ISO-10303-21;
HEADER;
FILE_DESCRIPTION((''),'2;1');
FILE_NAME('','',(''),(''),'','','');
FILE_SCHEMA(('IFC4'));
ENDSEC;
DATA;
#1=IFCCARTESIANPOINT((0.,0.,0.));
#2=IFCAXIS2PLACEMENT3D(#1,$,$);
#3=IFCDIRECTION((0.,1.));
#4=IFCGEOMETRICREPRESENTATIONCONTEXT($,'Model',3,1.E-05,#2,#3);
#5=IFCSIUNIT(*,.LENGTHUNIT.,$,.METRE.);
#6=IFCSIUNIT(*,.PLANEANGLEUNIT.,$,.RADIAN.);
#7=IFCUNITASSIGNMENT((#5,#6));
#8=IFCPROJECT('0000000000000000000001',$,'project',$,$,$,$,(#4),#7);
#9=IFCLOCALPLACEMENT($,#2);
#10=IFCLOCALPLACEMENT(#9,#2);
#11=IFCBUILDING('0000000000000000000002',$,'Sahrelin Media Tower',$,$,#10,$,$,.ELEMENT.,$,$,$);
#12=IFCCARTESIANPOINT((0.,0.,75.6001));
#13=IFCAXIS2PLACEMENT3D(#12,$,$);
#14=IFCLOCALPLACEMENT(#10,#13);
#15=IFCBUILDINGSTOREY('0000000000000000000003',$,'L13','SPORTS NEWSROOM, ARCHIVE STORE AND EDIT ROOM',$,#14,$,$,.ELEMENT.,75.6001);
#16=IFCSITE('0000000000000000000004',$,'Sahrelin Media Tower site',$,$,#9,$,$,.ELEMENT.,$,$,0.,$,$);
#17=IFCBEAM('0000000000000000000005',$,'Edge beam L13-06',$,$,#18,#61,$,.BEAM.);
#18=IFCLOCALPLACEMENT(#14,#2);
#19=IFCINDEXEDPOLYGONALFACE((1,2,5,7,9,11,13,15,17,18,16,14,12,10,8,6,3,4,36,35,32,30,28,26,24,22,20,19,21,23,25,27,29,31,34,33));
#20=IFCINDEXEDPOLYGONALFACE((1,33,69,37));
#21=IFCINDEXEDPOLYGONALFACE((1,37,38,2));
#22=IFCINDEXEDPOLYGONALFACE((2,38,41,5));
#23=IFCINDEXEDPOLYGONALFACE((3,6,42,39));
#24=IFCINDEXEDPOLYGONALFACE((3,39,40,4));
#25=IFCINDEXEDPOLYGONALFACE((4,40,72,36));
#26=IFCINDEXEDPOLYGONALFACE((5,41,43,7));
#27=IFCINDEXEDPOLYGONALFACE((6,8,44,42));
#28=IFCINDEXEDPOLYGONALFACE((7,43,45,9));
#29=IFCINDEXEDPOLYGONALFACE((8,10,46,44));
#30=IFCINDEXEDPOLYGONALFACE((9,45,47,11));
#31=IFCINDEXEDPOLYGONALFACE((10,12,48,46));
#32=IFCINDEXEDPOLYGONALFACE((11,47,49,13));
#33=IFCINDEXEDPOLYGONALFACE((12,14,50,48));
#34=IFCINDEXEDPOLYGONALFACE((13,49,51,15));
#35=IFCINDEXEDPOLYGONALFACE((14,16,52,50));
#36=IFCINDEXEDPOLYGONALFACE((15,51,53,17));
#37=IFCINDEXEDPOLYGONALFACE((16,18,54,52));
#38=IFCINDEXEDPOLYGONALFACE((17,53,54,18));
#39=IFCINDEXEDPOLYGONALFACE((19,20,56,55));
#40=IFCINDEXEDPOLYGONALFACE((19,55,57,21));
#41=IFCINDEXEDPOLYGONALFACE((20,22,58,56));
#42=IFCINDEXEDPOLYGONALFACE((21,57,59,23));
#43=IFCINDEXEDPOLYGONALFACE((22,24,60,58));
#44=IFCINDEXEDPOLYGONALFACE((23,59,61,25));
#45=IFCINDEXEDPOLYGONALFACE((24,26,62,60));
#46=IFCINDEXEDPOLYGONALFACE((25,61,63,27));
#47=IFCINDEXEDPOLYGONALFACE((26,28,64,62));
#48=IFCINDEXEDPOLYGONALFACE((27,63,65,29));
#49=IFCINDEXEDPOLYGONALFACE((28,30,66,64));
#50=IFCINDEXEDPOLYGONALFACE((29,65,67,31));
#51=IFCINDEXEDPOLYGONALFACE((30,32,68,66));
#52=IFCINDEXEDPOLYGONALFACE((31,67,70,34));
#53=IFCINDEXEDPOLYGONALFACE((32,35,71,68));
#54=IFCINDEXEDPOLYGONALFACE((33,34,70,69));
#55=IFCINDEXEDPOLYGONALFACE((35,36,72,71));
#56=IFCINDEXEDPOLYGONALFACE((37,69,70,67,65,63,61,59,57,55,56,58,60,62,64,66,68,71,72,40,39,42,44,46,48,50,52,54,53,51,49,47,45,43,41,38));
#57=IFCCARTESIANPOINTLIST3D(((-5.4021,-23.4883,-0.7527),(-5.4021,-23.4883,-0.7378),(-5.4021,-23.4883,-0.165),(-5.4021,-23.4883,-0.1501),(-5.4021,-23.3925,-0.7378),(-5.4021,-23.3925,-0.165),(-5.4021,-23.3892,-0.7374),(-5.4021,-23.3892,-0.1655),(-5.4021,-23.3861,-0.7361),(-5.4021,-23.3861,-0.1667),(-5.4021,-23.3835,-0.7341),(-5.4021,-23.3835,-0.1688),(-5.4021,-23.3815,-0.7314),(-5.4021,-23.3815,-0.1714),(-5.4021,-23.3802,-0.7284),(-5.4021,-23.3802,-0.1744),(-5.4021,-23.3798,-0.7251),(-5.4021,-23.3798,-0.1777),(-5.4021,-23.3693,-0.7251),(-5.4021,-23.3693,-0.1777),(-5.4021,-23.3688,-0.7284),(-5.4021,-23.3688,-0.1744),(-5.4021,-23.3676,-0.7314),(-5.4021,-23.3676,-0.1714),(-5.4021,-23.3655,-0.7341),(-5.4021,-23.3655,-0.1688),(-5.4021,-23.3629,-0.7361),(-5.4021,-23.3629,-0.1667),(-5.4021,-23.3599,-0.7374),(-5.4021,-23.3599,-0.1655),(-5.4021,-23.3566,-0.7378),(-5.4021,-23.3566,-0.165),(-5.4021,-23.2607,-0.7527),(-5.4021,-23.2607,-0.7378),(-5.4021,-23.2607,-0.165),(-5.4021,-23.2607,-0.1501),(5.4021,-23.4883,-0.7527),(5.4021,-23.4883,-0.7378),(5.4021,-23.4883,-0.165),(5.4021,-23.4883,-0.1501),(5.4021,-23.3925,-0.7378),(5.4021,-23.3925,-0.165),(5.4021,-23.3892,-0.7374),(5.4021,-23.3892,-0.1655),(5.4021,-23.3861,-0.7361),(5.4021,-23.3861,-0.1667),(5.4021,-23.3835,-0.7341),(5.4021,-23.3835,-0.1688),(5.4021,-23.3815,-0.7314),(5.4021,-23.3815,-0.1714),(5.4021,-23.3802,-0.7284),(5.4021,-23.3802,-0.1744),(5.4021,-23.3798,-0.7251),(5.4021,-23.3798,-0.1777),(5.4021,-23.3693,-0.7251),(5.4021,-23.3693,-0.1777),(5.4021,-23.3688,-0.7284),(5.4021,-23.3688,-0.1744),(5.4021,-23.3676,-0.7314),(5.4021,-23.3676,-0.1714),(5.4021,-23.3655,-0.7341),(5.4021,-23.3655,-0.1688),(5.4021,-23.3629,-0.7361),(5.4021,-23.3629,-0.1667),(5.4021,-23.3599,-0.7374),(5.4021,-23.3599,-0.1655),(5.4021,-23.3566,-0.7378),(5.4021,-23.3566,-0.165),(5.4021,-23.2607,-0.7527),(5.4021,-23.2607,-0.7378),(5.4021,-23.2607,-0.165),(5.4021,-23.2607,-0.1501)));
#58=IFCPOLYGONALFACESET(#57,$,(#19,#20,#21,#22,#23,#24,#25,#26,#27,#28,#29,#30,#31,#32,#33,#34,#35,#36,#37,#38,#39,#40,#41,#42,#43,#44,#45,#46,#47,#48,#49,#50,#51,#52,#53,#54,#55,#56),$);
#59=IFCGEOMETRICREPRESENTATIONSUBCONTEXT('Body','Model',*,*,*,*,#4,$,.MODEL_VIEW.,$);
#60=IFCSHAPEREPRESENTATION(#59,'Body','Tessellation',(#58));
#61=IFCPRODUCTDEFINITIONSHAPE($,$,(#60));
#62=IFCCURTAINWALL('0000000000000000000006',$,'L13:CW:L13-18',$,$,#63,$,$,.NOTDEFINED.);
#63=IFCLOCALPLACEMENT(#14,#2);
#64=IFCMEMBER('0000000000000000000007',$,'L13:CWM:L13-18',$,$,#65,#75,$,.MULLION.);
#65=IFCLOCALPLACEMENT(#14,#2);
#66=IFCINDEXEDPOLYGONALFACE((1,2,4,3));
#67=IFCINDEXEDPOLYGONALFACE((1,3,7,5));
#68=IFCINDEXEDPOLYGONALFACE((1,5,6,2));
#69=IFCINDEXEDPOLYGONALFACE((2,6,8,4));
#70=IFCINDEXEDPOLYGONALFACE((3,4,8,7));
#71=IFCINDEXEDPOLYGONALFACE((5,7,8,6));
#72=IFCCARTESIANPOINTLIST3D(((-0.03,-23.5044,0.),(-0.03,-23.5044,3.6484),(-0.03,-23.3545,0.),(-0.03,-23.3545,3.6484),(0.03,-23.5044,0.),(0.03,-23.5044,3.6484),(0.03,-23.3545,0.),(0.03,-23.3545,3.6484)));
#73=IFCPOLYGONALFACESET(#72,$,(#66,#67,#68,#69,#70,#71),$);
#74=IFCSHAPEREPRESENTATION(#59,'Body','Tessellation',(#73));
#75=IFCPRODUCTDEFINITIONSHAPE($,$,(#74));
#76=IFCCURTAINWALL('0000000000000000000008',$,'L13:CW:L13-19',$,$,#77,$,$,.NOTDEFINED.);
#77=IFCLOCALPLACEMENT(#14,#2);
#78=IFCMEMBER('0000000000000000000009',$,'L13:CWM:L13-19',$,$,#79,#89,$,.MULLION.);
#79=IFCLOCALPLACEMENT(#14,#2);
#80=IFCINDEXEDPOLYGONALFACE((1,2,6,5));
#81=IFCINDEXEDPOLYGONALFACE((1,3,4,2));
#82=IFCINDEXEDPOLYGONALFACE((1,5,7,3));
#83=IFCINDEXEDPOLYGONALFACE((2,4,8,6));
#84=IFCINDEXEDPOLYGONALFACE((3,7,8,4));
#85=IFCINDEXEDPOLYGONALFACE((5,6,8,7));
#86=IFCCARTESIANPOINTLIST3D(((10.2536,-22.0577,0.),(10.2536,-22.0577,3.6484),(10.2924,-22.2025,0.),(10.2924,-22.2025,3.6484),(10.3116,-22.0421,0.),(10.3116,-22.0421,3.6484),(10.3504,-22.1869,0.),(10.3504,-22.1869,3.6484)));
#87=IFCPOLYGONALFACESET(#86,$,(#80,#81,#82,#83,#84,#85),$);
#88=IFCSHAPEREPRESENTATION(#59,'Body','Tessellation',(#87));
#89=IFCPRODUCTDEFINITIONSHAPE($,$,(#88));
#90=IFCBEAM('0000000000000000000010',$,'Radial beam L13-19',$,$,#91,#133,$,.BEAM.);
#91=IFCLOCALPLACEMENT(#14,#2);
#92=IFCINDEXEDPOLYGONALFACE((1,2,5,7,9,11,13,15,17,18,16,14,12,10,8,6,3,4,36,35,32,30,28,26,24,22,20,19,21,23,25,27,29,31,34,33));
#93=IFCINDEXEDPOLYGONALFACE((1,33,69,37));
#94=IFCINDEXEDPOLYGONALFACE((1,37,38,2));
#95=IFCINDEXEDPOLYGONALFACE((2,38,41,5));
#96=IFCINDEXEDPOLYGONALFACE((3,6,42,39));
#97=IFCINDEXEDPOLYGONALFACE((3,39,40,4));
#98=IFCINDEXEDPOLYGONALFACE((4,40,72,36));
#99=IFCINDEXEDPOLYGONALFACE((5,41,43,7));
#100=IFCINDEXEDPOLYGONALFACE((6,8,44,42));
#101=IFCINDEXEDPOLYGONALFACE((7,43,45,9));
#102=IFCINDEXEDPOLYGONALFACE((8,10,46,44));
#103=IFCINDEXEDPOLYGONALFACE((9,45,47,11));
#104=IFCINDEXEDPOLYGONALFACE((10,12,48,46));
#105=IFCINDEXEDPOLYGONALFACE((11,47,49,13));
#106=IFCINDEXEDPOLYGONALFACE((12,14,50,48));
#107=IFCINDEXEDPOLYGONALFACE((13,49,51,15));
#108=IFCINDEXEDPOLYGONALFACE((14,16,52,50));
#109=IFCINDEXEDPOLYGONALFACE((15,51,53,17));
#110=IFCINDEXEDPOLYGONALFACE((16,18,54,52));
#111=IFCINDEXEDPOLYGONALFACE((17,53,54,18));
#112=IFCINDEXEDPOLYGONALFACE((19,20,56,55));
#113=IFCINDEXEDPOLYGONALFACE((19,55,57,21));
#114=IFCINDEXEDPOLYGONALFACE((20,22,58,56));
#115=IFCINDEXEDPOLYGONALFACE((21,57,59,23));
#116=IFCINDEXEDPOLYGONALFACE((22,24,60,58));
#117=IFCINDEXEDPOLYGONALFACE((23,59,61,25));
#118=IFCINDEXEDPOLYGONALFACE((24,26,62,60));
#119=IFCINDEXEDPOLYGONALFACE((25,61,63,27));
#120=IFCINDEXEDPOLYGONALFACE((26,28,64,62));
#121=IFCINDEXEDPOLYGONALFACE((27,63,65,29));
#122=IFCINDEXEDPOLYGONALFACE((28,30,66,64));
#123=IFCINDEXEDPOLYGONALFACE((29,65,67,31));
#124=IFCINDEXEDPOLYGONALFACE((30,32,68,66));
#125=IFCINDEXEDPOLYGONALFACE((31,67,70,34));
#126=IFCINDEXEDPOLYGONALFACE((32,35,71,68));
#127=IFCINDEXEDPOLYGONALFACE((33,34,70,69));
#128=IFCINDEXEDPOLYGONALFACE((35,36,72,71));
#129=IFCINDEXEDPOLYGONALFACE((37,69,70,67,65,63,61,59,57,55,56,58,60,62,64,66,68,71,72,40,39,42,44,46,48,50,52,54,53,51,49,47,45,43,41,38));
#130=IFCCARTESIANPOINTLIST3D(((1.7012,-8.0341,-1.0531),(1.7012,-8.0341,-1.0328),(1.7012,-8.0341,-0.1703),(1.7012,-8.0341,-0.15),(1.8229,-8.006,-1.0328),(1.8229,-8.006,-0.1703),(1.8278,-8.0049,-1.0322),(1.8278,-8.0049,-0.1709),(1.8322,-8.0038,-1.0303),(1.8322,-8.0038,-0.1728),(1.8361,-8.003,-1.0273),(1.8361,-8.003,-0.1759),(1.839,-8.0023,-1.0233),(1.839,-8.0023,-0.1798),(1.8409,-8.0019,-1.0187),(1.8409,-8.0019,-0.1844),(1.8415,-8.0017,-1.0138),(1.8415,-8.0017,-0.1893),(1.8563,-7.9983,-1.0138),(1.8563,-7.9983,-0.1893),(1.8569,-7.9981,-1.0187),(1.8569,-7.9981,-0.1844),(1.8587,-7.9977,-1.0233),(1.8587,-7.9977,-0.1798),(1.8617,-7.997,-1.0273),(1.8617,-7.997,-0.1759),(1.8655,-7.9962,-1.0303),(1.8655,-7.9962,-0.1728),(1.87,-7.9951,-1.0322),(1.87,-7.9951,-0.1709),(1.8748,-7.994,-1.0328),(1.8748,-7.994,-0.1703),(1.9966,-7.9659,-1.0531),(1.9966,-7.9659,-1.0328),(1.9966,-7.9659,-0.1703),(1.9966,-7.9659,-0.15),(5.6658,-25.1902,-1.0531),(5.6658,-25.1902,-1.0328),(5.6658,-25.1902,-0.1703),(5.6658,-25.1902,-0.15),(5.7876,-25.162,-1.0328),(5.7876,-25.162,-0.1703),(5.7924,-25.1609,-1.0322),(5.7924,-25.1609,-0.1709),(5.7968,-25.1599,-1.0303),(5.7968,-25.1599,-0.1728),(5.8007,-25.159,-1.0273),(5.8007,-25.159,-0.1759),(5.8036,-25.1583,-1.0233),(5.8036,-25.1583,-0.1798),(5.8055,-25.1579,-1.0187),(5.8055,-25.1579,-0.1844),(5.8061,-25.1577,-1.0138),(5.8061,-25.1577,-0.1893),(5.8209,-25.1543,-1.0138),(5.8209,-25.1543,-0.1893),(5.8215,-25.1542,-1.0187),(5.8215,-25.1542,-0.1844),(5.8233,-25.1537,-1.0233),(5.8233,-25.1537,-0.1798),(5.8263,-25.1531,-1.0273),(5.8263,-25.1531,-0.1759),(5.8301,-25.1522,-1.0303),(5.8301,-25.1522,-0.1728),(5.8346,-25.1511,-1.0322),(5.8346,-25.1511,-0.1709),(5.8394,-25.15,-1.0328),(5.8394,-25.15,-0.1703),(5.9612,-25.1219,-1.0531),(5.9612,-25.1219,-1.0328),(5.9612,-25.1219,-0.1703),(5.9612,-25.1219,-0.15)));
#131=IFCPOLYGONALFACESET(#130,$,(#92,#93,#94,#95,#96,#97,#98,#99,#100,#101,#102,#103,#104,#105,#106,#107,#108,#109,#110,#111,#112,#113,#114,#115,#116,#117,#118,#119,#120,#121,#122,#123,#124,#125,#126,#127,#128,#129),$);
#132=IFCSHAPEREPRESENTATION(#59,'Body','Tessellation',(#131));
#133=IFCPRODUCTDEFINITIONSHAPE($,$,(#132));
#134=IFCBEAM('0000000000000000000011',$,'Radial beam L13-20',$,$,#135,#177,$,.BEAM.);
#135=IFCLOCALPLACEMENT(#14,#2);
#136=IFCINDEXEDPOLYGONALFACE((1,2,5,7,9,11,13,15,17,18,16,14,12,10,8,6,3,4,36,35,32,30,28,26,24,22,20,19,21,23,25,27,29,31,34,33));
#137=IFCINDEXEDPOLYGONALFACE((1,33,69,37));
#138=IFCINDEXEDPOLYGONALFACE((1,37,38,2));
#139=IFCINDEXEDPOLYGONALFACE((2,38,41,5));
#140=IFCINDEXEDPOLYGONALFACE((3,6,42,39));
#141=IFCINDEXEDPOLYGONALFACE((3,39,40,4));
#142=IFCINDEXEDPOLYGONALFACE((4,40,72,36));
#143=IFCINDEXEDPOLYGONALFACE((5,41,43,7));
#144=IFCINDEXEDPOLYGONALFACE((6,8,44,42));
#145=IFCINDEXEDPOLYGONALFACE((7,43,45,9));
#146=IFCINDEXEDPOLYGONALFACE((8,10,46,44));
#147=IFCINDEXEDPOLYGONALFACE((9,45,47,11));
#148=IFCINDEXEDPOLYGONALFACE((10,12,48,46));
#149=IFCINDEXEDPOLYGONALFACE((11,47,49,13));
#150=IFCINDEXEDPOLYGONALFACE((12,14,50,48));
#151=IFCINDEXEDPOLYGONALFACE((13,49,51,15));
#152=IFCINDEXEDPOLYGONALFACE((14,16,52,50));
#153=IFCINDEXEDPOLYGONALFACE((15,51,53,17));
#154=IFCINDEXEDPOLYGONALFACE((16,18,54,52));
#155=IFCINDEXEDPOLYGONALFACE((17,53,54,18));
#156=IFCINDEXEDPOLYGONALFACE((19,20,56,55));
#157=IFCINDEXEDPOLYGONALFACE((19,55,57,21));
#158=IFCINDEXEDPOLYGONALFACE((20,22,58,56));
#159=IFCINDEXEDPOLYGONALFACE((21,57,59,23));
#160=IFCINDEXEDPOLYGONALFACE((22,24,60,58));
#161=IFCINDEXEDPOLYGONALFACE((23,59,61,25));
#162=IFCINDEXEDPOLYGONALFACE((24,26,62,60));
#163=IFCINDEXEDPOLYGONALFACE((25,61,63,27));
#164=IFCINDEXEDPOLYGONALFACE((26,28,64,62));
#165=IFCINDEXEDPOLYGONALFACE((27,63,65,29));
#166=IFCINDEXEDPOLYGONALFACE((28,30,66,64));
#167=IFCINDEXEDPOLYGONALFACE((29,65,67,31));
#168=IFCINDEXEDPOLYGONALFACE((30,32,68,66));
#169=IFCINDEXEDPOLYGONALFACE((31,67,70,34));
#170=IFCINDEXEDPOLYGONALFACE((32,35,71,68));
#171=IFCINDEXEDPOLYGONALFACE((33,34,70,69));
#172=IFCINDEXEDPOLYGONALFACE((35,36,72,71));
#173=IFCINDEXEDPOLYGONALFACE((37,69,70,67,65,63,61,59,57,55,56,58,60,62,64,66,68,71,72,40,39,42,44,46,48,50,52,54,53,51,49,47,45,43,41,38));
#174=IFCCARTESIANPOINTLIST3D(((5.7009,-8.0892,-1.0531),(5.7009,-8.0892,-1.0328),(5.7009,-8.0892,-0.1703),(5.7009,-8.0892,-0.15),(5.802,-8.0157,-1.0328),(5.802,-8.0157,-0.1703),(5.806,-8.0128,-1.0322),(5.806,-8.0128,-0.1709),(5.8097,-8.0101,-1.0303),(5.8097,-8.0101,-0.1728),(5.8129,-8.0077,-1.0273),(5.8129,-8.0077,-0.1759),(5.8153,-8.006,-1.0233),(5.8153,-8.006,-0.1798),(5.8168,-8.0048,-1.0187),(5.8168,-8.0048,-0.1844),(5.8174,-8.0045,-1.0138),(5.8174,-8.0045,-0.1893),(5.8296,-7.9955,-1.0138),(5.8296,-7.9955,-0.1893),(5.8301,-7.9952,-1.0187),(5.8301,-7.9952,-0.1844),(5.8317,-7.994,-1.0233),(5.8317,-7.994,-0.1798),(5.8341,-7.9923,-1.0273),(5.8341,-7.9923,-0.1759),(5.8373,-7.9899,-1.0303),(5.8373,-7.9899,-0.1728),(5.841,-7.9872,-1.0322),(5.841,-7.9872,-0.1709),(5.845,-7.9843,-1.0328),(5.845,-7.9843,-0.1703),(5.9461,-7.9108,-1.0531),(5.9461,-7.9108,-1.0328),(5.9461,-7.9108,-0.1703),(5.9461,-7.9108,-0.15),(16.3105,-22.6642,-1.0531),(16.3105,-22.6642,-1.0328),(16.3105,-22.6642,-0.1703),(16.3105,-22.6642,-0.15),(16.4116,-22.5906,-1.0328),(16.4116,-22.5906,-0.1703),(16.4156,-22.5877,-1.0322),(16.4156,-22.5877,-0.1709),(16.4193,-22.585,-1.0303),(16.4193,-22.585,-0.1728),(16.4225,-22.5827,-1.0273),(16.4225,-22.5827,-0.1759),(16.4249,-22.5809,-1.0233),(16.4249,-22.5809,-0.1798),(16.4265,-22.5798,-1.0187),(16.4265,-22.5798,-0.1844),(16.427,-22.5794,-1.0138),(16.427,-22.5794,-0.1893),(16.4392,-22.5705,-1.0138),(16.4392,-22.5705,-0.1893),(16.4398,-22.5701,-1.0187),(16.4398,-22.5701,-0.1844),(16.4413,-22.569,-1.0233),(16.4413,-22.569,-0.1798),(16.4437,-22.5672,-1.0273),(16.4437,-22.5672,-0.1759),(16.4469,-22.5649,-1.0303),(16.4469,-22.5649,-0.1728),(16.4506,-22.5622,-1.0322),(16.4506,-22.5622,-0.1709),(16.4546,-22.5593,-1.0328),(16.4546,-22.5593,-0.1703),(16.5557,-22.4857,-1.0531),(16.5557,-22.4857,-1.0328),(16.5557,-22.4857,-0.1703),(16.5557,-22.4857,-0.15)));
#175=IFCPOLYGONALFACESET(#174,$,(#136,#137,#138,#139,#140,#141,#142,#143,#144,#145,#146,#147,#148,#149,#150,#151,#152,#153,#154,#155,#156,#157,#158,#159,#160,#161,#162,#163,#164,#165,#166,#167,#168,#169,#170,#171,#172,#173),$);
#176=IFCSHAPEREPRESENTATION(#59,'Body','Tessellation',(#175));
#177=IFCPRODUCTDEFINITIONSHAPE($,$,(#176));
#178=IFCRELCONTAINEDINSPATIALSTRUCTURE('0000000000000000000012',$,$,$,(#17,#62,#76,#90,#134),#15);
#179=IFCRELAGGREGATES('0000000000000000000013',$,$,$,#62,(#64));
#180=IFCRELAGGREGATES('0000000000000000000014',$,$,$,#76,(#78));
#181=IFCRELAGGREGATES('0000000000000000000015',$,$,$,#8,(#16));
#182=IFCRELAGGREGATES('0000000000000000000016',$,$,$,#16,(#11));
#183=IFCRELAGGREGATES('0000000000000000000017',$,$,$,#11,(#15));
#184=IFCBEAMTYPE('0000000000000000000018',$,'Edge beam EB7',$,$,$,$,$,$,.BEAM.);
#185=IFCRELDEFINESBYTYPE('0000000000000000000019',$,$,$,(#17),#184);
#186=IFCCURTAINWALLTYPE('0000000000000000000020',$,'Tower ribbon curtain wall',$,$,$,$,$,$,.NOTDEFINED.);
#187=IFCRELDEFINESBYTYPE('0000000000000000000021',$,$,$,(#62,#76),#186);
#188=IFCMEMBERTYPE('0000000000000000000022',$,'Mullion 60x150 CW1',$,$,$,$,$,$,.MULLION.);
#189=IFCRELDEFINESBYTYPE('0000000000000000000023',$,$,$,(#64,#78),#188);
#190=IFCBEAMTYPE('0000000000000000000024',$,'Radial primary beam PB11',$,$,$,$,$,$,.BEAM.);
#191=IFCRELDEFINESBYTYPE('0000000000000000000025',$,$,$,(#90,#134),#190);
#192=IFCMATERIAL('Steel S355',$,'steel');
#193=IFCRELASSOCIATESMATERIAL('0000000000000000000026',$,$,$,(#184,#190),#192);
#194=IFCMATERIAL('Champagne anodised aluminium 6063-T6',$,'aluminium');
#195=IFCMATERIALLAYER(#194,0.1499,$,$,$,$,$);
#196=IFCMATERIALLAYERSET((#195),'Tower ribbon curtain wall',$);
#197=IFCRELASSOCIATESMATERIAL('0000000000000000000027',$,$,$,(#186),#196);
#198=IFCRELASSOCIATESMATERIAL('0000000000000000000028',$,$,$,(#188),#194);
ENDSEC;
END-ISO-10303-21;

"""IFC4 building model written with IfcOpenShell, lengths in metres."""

from ifc_helpers import new_model, si_unit, direction, frame, origin, origin_2d, place, context, subcontext, project, spatial, rectangle, i_section, extrude, material, layer, layer_set, material_profile, profile_set, type_object, element, aggregate, save


model = new_model("IFC4")

# Units and contexts
model_context = context("Model", 3, precision=1e-05, world=origin(), true_north=direction((0.0, 1.0)))
body_context = subcontext(model_context, "Body", "Model", "MODEL_VIEW")
ifc_project = project(units=[si_unit("LENGTHUNIT", "METRE"), si_unit("PLANEANGLEUNIT", "RADIAN")], contexts=[model_context])

# Site, building, storey
site_placement = place(None, origin())
site = spatial("IfcSite", under=ifc_project, at=site_placement, Name="Sahrelin Media Tower site", CompositionType="ELEMENT", RefElevation=0.0)
building_placement = place(site_placement, origin())
building = spatial("IfcBuilding", under=site, at=building_placement, Name="Sahrelin Media Tower", CompositionType="ELEMENT")
storey_placement = place(building_placement, frame((0.0, 0.0, 75.6001)))
storey = spatial("IfcBuildingStorey", under=building, at=storey_placement, Name="L13", Description="SPORTS NEWSROOM, ARCHIVE STORE AND EDIT ROOM", CompositionType="ELEMENT", Elevation=75.6001)

# Beam
ifc_material_1 = material(Name="Steel S355", Category="steel")
ifc_material_profile_1 = material_profile(ifc_material_1, i_section(OverallWidth=0.2275, OverallDepth=0.6025, WebThickness=0.0105, FlangeThickness=0.0149, FilletRadius=0.0127, at=origin_2d()), Name="UB 610x229x101")
ifc_profile_set_1 = profile_set([ifc_material_profile_1], Name="Steel S355")
beam_type_1 = type_object("IfcBeamType", Name="Edge beam EB7", PredefinedType="BEAM", material=ifc_profile_set_1)
beam_1_placement = place(storey_placement, frame((5.4021, -23.3745, -0.4514), z_axis=(-1.0, 0.0, 0.0), x_axis=(0.0, -1.0, 0.0)))
element("IfcBeam", 1, at=beam_1_placement, inside=storey, type_object=beam_type_1, Name="Edge beam L13-06", PredefinedType="BEAM", context=body_context, shape_type="SweptSolid", body=[
    extrude(i_section(OverallWidth=0.2275, OverallDepth=0.6025, WebThickness=0.0105, FlangeThickness=0.0149, FilletRadius=0.0127, at=origin_2d()), origin(), (0.0, 0.0, 1.0), 10.8042),
])

# Curtain walls, members
ifc_material_2 = material(Name="Champagne anodised aluminium 6063-T6", Category="aluminium")
ifc_layer_1 = layer(ifc_material_2, 0.1499)
ifc_layer_set_1 = layer_set([ifc_layer_1], Name="Tower ribbon curtain wall")
curtain_wall_type = type_object("IfcCurtainWallType", Name="Tower ribbon curtain wall", PredefinedType="NOTDEFINED", material=ifc_layer_set_1)
curtain_wall_1_placement = place(storey_placement, frame((0.0, -23.5244, 0.0), z_axis=(0.0, 0.0, 1.0), x_axis=(1.0, 0.0, 0.0)))
curtain_wall_1 = element("IfcCurtainWall", 2, at=curtain_wall_1_placement, inside=storey, type_object=curtain_wall_type, Name="L13:CW:L13-18", PredefinedType="NOTDEFINED")
ifc_material_profile_2 = material_profile(ifc_material_2, rectangle(XDim=0.0601, YDim=0.1499, at=origin_2d()), Name="Mullion 60x150")
ifc_profile_set_2 = profile_set([ifc_material_profile_2], Name="Champagne anodised aluminium 6063-T6")
member_type_1 = type_object("IfcMemberType", Name="Mullion 60x150 CW1", PredefinedType="MULLION", material=ifc_profile_set_2)
member_1_placement = place(storey_placement, frame((0.0, -23.4294, 0.0), z_axis=(0.0, 0.0, 1.0), x_axis=(1.0, 0.0, 0.0)))
member_1 = element("IfcMember", 3, at=member_1_placement, type_object=member_type_1, Name="L13:CWM:L13-18", PredefinedType="MULLION", context=body_context, shape_type="SweptSolid", body=[
    extrude(rectangle(XDim=0.0601, YDim=0.1499, at=origin_2d()), origin(), (0.0, 0.0, 1.0), 3.6484),
])
aggregate(curtain_wall_1, [member_1])
curtain_wall_2_placement = place(storey_placement, frame((10.3267, -22.2141, 0.0), z_axis=(0.0, 0.0, 1.0), x_axis=(1.0, 0.0, 0.0)))
curtain_wall_2 = element("IfcCurtainWall", 4, at=curtain_wall_2_placement, inside=storey, type_object=curtain_wall_type, Name="L13:CW:L13-19", PredefinedType="NOTDEFINED")
member_2_placement = place(storey_placement, frame((10.302, -22.1223, 0.0), z_axis=(0.0, 0.0, 1.0), x_axis=(0.965925, 0.258822, 0.0)))
member_2 = element("IfcMember", 5, at=member_2_placement, type_object=member_type_1, Name="L13:CWM:L13-19", PredefinedType="MULLION", context=body_context, shape_type="SweptSolid", body=[
    extrude(rectangle(XDim=0.0601, YDim=0.1499, at=origin_2d()), origin(), (0.0, 0.0, 1.0), 3.6484),
])

# Beams
ifc_material_profile_3 = material_profile(ifc_material_1, i_section(OverallWidth=0.3032, OverallDepth=0.9031, WebThickness=0.0151, FlangeThickness=0.0203, FilletRadius=0.019, at=origin_2d()), Name="UB 914x305x201")
ifc_profile_set_3 = profile_set([ifc_material_profile_3], Name="Steel S355")
beam_type_2 = type_object("IfcBeamType", Name="Radial primary beam PB11", PredefinedType="BEAM", material=ifc_profile_set_3)
beam_2_placement = place(storey_placement, frame((1.8489, -8.0, -0.6016), z_axis=(0.225157, -0.974322, 0.0), x_axis=(0.974322, 0.225157, 0.0)))
element("IfcBeam", 6, at=beam_2_placement, inside=storey, type_object=beam_type_2, Name="Radial beam L13-19", PredefinedType="BEAM", context=body_context, shape_type="SweptSolid", body=[
    extrude(i_section(OverallWidth=0.3032, OverallDepth=0.9031, WebThickness=0.0151, FlangeThickness=0.0203, FilletRadius=0.019, at=origin_2d()), origin(), (0.0, 0.0, 1.0), 17.6082),
])
beam_3_placement = place(storey_placement, frame((5.8235, -8.0, -0.6016), z_axis=(0.588522, -0.808481, 0.0), x_axis=(0.808481, 0.588522, 0.0)))
element("IfcBeam", 7, at=beam_3_placement, inside=storey, type_object=beam_type_2, Name="Radial beam L13-20", PredefinedType="BEAM", context=body_context, shape_type="SweptSolid", body=[
    extrude(i_section(OverallWidth=0.3032, OverallDepth=0.9031, WebThickness=0.0151, FlangeThickness=0.0203, FilletRadius=0.019, at=origin_2d()), origin(), (0.0, 0.0, 1.0), 18.0276),
])

aggregate(curtain_wall_2, [member_2])

save(model, "model.ifc")
